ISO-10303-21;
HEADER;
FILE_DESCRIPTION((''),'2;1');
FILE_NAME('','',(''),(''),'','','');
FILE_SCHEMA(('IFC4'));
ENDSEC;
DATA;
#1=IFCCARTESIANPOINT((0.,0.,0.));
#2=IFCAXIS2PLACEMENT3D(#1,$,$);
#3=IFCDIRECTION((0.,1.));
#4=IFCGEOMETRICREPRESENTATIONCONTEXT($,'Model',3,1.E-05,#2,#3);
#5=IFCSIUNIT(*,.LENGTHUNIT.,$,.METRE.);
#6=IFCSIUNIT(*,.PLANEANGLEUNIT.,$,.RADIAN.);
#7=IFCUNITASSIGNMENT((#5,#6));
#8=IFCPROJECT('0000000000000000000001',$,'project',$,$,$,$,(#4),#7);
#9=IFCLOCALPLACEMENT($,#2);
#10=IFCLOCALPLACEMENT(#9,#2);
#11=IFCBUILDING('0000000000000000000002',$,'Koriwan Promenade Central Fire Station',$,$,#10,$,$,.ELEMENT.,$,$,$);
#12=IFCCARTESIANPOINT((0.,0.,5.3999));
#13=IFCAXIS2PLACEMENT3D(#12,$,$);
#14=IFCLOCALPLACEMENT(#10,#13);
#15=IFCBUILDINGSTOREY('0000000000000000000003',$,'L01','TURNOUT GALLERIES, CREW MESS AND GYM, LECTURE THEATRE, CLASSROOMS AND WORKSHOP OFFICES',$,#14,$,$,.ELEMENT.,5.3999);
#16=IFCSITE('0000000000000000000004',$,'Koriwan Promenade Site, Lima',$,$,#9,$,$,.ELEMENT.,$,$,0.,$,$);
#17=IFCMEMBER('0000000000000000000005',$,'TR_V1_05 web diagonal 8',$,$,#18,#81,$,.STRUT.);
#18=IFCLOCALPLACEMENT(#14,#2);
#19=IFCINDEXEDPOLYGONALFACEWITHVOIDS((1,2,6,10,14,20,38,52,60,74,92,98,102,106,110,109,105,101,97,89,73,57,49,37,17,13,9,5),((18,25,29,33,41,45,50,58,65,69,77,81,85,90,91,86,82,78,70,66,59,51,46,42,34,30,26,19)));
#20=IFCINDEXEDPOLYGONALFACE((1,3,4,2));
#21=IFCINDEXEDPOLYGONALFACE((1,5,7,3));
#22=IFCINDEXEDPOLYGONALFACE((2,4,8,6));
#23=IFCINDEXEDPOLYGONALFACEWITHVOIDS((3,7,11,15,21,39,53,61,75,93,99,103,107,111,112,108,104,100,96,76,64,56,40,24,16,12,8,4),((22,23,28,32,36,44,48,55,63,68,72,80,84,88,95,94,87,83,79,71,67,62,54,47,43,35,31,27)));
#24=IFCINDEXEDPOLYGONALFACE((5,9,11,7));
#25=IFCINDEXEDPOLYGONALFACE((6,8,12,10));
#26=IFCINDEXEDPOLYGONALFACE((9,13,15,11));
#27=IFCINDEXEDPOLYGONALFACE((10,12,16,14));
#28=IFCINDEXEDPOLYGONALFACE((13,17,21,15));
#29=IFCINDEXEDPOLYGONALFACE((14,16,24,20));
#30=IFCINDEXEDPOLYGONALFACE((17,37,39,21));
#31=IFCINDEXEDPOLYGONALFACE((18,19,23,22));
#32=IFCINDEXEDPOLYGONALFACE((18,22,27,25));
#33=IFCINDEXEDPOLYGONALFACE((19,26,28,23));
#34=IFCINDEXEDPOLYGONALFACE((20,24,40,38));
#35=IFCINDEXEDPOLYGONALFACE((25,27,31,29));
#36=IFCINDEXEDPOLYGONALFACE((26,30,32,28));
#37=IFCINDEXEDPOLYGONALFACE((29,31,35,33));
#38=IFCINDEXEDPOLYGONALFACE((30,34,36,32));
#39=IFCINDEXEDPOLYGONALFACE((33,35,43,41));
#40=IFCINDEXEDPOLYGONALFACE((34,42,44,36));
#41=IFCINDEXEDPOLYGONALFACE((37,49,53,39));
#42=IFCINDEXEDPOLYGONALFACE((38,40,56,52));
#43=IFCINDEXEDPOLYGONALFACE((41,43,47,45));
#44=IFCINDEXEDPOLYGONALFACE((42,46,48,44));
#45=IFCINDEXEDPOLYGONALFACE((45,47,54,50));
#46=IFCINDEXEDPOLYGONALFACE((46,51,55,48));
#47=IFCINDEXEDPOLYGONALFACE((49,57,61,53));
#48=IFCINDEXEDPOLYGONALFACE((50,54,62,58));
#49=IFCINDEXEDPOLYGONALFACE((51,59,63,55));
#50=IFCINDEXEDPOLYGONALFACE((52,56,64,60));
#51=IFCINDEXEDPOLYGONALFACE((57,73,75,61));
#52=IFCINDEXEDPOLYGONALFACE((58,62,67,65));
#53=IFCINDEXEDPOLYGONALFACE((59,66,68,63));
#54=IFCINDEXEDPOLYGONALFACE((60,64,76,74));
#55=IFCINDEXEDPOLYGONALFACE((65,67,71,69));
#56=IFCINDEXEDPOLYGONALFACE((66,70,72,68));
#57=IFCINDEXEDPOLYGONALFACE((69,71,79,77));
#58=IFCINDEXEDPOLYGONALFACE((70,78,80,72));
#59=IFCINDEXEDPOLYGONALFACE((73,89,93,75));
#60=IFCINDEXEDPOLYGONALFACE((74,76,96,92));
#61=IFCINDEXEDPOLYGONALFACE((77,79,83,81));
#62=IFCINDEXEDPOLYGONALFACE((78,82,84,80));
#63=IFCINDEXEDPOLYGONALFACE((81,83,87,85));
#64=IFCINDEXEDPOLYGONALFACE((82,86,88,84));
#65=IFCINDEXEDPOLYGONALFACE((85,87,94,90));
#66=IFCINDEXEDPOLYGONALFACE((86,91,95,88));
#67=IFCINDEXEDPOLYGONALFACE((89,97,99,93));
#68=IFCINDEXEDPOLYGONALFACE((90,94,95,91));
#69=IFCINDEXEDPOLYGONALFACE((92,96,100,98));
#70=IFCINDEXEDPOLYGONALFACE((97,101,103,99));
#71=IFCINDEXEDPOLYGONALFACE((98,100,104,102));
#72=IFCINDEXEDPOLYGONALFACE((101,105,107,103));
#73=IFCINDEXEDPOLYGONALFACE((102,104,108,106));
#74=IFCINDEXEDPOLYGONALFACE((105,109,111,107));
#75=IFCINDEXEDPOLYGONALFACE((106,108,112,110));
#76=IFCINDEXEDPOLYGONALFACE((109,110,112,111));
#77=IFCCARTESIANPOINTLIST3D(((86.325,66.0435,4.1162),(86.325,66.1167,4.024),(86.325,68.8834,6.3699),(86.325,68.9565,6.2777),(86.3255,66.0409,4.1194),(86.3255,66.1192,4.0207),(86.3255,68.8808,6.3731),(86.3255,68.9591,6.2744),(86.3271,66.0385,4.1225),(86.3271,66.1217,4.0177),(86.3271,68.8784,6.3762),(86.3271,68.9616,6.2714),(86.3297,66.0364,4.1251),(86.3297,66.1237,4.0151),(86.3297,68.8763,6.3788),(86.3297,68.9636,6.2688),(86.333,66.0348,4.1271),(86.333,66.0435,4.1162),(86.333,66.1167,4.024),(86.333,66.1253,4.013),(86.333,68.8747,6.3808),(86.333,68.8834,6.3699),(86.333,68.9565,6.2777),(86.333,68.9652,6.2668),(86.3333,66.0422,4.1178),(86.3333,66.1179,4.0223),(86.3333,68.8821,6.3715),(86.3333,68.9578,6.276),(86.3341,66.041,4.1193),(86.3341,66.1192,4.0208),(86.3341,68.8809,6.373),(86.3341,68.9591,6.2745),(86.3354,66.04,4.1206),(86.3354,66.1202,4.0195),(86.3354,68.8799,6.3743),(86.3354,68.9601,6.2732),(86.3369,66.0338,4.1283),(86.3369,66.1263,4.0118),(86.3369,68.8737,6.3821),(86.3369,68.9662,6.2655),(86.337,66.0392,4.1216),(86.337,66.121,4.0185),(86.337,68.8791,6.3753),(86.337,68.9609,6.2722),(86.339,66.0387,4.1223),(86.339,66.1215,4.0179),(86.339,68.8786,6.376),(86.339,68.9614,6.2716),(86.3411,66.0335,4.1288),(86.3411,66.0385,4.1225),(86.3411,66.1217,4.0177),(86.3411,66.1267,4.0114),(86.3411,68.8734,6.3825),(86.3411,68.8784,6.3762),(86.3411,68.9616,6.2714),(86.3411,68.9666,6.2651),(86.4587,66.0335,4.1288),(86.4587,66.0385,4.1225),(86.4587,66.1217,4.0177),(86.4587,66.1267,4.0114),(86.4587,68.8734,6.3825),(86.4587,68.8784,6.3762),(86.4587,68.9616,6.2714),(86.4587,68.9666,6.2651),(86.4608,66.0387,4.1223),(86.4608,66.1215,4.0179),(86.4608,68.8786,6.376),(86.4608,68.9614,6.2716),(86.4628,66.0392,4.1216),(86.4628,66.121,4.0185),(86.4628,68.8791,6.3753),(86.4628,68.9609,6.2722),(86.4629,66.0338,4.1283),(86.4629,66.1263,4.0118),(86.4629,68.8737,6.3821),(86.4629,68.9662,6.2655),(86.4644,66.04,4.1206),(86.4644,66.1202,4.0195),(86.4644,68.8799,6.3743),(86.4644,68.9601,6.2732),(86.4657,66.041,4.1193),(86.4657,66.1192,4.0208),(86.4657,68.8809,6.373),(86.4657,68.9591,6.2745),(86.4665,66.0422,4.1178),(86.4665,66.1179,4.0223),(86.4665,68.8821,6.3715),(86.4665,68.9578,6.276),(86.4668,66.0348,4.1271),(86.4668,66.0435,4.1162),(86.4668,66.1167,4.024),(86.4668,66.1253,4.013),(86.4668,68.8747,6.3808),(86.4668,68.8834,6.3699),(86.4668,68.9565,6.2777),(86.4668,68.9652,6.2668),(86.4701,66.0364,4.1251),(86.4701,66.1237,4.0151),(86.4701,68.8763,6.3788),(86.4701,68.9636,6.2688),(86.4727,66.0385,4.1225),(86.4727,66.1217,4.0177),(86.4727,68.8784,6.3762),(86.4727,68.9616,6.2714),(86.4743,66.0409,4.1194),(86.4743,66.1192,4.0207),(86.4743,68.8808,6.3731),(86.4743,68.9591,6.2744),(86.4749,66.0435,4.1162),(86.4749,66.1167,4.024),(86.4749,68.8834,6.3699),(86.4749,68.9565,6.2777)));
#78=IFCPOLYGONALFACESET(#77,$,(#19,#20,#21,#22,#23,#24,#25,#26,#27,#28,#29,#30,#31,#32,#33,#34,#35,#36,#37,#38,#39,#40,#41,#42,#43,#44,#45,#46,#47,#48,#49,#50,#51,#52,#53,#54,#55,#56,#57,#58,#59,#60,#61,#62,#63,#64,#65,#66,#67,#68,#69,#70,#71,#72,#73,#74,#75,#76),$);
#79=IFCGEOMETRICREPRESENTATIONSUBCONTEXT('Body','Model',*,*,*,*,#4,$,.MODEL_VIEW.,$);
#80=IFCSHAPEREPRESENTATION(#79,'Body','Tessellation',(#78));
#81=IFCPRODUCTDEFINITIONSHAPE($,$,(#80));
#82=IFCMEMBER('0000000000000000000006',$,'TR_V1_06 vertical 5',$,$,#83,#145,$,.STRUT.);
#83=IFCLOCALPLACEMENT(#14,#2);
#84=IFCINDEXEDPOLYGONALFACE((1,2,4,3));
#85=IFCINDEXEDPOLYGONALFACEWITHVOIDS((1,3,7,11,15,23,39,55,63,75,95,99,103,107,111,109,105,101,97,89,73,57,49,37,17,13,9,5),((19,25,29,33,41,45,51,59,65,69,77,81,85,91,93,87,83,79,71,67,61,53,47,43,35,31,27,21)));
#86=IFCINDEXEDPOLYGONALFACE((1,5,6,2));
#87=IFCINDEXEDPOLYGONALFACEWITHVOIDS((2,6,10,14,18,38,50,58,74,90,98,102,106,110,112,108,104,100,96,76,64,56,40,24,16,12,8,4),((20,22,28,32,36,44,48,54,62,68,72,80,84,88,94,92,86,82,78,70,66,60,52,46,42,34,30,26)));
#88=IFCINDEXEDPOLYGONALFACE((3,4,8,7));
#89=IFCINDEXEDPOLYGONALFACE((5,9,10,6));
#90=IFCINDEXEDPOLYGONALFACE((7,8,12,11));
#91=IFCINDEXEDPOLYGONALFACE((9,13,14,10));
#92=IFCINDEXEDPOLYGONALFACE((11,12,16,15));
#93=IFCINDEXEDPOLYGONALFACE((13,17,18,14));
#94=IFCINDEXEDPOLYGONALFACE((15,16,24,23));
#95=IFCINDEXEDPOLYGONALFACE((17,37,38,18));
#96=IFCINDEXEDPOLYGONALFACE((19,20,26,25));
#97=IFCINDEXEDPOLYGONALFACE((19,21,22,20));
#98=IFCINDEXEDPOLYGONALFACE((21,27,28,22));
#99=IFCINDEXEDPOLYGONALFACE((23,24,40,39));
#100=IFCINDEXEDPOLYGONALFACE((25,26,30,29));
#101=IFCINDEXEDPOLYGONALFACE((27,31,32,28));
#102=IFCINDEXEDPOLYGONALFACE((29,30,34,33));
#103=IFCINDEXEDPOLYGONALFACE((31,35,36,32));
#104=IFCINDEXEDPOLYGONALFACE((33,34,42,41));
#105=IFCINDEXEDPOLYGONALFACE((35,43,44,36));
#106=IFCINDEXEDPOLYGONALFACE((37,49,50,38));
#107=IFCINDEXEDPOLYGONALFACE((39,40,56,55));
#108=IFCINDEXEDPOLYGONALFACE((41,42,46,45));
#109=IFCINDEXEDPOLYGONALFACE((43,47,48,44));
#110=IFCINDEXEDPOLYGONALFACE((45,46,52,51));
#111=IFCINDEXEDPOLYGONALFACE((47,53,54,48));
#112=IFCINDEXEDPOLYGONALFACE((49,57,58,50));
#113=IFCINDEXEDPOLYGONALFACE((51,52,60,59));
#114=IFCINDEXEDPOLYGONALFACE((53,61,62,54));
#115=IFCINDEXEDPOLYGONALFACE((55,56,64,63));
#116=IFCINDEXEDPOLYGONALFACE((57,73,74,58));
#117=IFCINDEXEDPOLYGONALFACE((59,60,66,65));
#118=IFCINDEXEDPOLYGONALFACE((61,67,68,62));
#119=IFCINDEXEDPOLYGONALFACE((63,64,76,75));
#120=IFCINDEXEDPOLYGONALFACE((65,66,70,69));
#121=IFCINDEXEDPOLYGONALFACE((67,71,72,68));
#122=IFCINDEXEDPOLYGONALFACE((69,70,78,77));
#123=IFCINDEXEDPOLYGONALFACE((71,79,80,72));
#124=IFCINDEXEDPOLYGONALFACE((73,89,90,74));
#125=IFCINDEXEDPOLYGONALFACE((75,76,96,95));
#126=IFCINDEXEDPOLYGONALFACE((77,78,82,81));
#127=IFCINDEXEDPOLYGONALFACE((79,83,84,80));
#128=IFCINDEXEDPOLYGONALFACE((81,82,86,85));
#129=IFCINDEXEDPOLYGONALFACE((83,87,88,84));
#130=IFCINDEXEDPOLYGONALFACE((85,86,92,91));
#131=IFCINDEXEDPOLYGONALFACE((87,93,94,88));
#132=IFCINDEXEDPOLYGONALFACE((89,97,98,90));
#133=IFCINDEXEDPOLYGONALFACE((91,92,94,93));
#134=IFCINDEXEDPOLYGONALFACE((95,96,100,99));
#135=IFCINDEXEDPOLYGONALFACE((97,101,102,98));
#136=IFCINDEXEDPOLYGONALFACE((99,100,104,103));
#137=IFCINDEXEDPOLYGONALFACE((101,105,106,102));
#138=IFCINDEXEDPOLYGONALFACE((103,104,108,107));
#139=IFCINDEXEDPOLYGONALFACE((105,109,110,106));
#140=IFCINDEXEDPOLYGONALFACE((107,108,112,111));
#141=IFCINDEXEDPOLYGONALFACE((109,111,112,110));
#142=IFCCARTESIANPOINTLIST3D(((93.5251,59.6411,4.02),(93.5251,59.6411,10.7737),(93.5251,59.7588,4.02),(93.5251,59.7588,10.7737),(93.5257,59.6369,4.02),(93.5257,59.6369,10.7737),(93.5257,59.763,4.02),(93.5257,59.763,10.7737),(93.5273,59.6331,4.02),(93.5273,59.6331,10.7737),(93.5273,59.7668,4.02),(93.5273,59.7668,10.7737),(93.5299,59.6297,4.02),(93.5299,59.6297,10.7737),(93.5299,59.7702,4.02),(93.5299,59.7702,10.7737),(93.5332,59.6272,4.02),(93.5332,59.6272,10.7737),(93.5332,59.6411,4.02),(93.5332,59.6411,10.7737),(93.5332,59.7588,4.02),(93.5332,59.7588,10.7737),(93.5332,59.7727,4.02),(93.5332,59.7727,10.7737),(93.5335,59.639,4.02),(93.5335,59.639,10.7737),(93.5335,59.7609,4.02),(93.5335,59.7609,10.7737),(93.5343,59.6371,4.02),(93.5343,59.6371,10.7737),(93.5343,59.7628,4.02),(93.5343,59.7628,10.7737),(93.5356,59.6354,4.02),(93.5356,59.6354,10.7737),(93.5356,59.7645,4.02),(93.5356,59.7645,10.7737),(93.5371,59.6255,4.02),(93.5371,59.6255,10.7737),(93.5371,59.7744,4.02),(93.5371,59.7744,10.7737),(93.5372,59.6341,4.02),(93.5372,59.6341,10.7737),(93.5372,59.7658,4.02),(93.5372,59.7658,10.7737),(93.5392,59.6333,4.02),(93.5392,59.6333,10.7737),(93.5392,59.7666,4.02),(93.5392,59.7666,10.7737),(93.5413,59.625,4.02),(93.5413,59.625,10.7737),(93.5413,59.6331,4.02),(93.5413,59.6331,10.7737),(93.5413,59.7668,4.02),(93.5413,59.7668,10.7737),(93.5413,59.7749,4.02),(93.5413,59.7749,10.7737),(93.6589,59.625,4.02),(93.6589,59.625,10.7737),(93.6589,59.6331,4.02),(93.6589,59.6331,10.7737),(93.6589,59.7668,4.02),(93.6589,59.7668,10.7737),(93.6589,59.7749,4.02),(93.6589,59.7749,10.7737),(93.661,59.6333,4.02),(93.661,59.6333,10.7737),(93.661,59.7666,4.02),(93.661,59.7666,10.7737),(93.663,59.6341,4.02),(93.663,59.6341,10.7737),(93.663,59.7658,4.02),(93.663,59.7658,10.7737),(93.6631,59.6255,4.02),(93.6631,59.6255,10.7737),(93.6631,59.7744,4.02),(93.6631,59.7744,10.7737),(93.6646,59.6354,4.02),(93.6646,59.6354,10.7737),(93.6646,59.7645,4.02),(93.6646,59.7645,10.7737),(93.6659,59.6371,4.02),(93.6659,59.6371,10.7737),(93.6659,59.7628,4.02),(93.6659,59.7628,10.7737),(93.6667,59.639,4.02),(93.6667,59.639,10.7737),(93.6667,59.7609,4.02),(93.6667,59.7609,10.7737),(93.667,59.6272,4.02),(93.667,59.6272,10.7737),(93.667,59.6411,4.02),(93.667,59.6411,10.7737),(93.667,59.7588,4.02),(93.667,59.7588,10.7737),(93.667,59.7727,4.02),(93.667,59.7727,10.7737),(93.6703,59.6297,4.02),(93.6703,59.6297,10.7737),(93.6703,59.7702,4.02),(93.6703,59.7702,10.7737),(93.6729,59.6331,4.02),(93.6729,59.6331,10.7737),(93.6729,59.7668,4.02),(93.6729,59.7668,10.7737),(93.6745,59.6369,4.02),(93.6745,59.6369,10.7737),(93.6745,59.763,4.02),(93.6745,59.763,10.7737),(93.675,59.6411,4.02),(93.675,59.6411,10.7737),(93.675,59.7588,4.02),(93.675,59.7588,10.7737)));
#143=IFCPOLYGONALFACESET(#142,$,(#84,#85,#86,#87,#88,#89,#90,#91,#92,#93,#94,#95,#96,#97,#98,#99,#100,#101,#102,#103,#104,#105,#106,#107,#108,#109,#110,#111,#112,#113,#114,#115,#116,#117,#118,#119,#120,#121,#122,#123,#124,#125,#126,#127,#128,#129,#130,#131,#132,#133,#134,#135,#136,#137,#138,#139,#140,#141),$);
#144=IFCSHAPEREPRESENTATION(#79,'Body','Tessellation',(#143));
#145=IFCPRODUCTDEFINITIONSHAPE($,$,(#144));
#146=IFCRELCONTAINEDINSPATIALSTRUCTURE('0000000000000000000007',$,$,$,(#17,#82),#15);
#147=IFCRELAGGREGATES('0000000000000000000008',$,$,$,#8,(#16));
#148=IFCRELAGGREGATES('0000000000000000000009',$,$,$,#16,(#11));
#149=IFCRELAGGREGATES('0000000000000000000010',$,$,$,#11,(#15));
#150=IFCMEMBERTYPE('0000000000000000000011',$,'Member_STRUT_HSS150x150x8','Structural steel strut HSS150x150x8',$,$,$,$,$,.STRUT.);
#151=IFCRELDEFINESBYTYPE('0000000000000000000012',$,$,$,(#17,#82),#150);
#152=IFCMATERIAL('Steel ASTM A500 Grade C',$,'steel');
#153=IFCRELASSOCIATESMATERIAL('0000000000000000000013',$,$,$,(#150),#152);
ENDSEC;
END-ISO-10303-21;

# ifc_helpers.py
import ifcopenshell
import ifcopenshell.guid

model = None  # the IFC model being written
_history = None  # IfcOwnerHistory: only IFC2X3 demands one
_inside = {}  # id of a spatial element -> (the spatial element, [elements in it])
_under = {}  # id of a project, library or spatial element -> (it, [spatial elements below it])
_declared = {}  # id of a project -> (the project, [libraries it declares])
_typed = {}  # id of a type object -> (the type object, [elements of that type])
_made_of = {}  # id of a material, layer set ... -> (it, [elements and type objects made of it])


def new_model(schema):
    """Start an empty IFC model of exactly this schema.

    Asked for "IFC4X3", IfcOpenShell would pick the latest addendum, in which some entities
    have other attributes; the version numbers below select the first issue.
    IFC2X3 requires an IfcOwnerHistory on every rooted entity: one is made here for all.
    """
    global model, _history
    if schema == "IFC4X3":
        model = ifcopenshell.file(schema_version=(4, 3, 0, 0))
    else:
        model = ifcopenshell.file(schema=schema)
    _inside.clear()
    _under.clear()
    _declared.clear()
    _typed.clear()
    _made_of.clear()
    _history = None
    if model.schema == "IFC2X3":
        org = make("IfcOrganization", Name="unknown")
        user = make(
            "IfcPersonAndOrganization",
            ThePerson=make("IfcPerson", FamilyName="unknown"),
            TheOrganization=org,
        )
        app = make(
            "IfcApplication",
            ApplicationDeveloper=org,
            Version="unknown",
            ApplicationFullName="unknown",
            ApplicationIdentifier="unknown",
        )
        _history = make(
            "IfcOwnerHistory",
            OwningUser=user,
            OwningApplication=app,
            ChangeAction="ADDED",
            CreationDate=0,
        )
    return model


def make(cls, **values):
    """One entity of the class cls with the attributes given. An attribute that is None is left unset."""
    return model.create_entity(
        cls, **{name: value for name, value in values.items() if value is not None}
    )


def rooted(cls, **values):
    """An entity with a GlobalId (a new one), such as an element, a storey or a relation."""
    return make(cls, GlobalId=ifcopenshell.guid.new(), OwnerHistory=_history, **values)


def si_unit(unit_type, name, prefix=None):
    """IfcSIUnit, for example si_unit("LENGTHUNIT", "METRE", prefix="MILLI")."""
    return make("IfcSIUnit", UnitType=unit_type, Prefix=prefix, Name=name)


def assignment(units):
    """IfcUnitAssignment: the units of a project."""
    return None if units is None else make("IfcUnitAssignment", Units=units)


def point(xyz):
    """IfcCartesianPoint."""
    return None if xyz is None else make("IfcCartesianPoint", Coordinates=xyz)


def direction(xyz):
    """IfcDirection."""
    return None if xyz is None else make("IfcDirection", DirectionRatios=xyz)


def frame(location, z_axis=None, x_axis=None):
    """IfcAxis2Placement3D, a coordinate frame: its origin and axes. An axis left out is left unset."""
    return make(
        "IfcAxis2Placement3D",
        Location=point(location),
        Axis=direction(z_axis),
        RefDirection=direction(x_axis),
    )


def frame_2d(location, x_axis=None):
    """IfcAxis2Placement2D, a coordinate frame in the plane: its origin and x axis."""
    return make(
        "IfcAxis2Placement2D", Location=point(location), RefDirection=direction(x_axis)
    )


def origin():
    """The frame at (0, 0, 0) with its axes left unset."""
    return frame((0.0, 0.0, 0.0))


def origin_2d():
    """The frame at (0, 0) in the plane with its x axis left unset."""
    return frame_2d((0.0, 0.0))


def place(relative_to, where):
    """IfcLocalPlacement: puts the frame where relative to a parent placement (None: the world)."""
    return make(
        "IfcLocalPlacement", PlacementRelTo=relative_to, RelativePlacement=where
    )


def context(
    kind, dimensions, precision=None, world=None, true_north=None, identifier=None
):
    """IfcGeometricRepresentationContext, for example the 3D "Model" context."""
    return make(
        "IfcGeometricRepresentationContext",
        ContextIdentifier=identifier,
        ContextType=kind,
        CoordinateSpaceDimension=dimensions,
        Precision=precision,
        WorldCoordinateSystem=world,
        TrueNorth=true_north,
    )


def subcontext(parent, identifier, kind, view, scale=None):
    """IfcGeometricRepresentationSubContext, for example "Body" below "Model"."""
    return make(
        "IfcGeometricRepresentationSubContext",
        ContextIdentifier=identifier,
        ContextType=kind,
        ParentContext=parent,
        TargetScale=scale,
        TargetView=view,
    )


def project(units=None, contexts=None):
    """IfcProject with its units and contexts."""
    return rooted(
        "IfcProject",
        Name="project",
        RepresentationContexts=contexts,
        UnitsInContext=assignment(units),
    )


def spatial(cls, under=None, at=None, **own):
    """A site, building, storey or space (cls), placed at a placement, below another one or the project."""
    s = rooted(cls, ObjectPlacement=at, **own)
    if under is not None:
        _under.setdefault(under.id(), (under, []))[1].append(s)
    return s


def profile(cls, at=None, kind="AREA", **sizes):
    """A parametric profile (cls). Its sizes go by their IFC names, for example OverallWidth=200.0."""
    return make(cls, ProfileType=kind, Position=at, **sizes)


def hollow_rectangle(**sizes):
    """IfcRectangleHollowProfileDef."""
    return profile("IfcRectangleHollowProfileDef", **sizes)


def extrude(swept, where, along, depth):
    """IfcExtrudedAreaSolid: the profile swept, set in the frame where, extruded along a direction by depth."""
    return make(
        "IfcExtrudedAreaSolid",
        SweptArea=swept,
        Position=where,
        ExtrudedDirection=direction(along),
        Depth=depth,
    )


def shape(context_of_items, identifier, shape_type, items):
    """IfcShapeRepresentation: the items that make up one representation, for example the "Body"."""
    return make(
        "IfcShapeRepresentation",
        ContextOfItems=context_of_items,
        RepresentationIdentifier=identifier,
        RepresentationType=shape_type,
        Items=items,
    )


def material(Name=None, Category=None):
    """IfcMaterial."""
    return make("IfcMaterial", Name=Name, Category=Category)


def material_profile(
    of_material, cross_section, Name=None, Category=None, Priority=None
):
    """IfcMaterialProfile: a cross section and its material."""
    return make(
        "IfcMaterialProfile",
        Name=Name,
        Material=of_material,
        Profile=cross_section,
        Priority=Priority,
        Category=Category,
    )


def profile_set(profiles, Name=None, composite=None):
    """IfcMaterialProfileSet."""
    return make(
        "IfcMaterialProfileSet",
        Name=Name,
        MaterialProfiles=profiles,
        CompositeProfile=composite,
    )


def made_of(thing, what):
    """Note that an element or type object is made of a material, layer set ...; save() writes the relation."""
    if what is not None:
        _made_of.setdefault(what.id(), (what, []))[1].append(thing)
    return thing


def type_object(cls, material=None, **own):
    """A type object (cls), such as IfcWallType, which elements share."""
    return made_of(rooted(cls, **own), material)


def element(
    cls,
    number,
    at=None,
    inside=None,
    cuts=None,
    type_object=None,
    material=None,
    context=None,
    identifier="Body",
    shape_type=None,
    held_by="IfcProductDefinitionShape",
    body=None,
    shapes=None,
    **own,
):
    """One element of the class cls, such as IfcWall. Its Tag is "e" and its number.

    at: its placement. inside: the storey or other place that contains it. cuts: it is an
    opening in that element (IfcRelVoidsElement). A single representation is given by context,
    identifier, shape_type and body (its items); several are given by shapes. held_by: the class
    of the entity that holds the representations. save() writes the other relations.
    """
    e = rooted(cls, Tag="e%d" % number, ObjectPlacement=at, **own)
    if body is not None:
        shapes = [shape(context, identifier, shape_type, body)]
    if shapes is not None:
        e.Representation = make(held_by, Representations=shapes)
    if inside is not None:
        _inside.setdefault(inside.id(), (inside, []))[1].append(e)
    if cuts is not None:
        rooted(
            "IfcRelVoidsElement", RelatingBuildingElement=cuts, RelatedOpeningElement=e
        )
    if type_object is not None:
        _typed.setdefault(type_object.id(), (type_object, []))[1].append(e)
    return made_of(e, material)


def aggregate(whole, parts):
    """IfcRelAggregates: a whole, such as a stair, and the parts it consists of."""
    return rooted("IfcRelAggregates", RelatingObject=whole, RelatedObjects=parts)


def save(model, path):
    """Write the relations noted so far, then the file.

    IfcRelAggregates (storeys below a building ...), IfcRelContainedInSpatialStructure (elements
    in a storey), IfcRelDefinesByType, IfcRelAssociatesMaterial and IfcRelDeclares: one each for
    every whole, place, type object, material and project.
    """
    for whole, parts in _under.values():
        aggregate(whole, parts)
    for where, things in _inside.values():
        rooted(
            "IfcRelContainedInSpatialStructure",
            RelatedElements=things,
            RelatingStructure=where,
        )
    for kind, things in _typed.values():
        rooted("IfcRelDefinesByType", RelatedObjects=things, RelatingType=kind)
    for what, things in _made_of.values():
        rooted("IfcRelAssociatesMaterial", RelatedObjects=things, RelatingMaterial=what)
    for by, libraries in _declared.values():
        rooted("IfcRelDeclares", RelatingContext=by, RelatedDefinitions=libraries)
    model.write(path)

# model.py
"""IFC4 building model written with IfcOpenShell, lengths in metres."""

from ifc_helpers import new_model, si_unit, direction, frame, origin, origin_2d, place, context, subcontext, project, spatial, hollow_rectangle, extrude, material, material_profile, profile_set, type_object, element, save


model = new_model("IFC4")

# Units and contexts
model_context = context("Model", 3, precision=1e-05, world=origin(), true_north=direction((0.0, 1.0)))
body_context = subcontext(model_context, "Body", "Model", "MODEL_VIEW")
ifc_project = project(units=[si_unit("LENGTHUNIT", "METRE"), si_unit("PLANEANGLEUNIT", "RADIAN")], contexts=[model_context])

# Site, building, storey
site_placement = place(None, origin())
site = spatial("IfcSite", under=ifc_project, at=site_placement, Name="Koriwan Promenade Site, Lima", CompositionType="ELEMENT", RefElevation=0.0)
building_placement = place(site_placement, origin())
building = spatial("IfcBuilding", under=site, at=building_placement, Name="Koriwan Promenade Central Fire Station", CompositionType="ELEMENT")
storey_placement = place(building_placement, frame((0.0, 0.0, 5.3999)))
storey = spatial("IfcBuildingStorey", under=building, at=storey_placement, Name="L01", Description="TURNOUT GALLERIES, CREW MESS AND GYM, LECTURE THEATRE, CLASSROOMS AND WORKSHOP OFFICES", CompositionType="ELEMENT", Elevation=5.3999)

# Members
ifc_material_1 = material(Name="Steel ASTM A500 Grade C", Category="steel")
ifc_material_profile_1 = material_profile(ifc_material_1, hollow_rectangle(XDim=0.1499, YDim=0.1499, WallThickness=0.0081, InnerFilletRadius=0.0081, OuterFilletRadius=0.0161, at=origin_2d()), Name="HSS150x150x8")
ifc_profile_set_1 = profile_set([ifc_material_profile_1], Name="Steel ASTM A500 Grade C")
member_type_1 = type_object("IfcMemberType", Name="Member_STRUT_HSS150x150x8", Description="Structural steel strut HSS150x150x8", PredefinedType="STRUT", material=ifc_profile_set_1)
member_1_placement = place(storey_placement, frame((86.3999, 66.0801, 4.0701), z_axis=(0.0, 0.783313, 0.621627), x_axis=(-1.0, 0.0, 0.0)))
element("IfcMember", 1, at=member_1_placement, inside=storey, type_object=member_type_1, Name="TR_V1_05 web diagonal 8", PredefinedType="STRUT", context=body_context, shape_type="SweptSolid", body=[
    extrude(hollow_rectangle(XDim=0.1499, YDim=0.1499, WallThickness=0.0081, InnerFilletRadius=0.0081, OuterFilletRadius=0.0161, at=origin_2d()), origin(), (0.0, 0.0, 1.0), 3.6255),
])
member_2_placement = place(storey_placement, frame((93.6001, 59.7, 4.02), z_axis=(0.0, 0.0, 1.0), x_axis=(1.0, 0.0, 0.0)))
element("IfcMember", 2, at=member_2_placement, inside=storey, type_object=member_type_1, Name="TR_V1_06 vertical 5", PredefinedType="STRUT", context=body_context, shape_type="SweptSolid", body=[
    extrude(hollow_rectangle(XDim=0.1499, YDim=0.1499, WallThickness=0.0081, InnerFilletRadius=0.0081, OuterFilletRadius=0.0161, at=origin_2d()), origin(), (0.0, 0.0, 1.0), 6.7537),
])

save(model, "model.ifc")
